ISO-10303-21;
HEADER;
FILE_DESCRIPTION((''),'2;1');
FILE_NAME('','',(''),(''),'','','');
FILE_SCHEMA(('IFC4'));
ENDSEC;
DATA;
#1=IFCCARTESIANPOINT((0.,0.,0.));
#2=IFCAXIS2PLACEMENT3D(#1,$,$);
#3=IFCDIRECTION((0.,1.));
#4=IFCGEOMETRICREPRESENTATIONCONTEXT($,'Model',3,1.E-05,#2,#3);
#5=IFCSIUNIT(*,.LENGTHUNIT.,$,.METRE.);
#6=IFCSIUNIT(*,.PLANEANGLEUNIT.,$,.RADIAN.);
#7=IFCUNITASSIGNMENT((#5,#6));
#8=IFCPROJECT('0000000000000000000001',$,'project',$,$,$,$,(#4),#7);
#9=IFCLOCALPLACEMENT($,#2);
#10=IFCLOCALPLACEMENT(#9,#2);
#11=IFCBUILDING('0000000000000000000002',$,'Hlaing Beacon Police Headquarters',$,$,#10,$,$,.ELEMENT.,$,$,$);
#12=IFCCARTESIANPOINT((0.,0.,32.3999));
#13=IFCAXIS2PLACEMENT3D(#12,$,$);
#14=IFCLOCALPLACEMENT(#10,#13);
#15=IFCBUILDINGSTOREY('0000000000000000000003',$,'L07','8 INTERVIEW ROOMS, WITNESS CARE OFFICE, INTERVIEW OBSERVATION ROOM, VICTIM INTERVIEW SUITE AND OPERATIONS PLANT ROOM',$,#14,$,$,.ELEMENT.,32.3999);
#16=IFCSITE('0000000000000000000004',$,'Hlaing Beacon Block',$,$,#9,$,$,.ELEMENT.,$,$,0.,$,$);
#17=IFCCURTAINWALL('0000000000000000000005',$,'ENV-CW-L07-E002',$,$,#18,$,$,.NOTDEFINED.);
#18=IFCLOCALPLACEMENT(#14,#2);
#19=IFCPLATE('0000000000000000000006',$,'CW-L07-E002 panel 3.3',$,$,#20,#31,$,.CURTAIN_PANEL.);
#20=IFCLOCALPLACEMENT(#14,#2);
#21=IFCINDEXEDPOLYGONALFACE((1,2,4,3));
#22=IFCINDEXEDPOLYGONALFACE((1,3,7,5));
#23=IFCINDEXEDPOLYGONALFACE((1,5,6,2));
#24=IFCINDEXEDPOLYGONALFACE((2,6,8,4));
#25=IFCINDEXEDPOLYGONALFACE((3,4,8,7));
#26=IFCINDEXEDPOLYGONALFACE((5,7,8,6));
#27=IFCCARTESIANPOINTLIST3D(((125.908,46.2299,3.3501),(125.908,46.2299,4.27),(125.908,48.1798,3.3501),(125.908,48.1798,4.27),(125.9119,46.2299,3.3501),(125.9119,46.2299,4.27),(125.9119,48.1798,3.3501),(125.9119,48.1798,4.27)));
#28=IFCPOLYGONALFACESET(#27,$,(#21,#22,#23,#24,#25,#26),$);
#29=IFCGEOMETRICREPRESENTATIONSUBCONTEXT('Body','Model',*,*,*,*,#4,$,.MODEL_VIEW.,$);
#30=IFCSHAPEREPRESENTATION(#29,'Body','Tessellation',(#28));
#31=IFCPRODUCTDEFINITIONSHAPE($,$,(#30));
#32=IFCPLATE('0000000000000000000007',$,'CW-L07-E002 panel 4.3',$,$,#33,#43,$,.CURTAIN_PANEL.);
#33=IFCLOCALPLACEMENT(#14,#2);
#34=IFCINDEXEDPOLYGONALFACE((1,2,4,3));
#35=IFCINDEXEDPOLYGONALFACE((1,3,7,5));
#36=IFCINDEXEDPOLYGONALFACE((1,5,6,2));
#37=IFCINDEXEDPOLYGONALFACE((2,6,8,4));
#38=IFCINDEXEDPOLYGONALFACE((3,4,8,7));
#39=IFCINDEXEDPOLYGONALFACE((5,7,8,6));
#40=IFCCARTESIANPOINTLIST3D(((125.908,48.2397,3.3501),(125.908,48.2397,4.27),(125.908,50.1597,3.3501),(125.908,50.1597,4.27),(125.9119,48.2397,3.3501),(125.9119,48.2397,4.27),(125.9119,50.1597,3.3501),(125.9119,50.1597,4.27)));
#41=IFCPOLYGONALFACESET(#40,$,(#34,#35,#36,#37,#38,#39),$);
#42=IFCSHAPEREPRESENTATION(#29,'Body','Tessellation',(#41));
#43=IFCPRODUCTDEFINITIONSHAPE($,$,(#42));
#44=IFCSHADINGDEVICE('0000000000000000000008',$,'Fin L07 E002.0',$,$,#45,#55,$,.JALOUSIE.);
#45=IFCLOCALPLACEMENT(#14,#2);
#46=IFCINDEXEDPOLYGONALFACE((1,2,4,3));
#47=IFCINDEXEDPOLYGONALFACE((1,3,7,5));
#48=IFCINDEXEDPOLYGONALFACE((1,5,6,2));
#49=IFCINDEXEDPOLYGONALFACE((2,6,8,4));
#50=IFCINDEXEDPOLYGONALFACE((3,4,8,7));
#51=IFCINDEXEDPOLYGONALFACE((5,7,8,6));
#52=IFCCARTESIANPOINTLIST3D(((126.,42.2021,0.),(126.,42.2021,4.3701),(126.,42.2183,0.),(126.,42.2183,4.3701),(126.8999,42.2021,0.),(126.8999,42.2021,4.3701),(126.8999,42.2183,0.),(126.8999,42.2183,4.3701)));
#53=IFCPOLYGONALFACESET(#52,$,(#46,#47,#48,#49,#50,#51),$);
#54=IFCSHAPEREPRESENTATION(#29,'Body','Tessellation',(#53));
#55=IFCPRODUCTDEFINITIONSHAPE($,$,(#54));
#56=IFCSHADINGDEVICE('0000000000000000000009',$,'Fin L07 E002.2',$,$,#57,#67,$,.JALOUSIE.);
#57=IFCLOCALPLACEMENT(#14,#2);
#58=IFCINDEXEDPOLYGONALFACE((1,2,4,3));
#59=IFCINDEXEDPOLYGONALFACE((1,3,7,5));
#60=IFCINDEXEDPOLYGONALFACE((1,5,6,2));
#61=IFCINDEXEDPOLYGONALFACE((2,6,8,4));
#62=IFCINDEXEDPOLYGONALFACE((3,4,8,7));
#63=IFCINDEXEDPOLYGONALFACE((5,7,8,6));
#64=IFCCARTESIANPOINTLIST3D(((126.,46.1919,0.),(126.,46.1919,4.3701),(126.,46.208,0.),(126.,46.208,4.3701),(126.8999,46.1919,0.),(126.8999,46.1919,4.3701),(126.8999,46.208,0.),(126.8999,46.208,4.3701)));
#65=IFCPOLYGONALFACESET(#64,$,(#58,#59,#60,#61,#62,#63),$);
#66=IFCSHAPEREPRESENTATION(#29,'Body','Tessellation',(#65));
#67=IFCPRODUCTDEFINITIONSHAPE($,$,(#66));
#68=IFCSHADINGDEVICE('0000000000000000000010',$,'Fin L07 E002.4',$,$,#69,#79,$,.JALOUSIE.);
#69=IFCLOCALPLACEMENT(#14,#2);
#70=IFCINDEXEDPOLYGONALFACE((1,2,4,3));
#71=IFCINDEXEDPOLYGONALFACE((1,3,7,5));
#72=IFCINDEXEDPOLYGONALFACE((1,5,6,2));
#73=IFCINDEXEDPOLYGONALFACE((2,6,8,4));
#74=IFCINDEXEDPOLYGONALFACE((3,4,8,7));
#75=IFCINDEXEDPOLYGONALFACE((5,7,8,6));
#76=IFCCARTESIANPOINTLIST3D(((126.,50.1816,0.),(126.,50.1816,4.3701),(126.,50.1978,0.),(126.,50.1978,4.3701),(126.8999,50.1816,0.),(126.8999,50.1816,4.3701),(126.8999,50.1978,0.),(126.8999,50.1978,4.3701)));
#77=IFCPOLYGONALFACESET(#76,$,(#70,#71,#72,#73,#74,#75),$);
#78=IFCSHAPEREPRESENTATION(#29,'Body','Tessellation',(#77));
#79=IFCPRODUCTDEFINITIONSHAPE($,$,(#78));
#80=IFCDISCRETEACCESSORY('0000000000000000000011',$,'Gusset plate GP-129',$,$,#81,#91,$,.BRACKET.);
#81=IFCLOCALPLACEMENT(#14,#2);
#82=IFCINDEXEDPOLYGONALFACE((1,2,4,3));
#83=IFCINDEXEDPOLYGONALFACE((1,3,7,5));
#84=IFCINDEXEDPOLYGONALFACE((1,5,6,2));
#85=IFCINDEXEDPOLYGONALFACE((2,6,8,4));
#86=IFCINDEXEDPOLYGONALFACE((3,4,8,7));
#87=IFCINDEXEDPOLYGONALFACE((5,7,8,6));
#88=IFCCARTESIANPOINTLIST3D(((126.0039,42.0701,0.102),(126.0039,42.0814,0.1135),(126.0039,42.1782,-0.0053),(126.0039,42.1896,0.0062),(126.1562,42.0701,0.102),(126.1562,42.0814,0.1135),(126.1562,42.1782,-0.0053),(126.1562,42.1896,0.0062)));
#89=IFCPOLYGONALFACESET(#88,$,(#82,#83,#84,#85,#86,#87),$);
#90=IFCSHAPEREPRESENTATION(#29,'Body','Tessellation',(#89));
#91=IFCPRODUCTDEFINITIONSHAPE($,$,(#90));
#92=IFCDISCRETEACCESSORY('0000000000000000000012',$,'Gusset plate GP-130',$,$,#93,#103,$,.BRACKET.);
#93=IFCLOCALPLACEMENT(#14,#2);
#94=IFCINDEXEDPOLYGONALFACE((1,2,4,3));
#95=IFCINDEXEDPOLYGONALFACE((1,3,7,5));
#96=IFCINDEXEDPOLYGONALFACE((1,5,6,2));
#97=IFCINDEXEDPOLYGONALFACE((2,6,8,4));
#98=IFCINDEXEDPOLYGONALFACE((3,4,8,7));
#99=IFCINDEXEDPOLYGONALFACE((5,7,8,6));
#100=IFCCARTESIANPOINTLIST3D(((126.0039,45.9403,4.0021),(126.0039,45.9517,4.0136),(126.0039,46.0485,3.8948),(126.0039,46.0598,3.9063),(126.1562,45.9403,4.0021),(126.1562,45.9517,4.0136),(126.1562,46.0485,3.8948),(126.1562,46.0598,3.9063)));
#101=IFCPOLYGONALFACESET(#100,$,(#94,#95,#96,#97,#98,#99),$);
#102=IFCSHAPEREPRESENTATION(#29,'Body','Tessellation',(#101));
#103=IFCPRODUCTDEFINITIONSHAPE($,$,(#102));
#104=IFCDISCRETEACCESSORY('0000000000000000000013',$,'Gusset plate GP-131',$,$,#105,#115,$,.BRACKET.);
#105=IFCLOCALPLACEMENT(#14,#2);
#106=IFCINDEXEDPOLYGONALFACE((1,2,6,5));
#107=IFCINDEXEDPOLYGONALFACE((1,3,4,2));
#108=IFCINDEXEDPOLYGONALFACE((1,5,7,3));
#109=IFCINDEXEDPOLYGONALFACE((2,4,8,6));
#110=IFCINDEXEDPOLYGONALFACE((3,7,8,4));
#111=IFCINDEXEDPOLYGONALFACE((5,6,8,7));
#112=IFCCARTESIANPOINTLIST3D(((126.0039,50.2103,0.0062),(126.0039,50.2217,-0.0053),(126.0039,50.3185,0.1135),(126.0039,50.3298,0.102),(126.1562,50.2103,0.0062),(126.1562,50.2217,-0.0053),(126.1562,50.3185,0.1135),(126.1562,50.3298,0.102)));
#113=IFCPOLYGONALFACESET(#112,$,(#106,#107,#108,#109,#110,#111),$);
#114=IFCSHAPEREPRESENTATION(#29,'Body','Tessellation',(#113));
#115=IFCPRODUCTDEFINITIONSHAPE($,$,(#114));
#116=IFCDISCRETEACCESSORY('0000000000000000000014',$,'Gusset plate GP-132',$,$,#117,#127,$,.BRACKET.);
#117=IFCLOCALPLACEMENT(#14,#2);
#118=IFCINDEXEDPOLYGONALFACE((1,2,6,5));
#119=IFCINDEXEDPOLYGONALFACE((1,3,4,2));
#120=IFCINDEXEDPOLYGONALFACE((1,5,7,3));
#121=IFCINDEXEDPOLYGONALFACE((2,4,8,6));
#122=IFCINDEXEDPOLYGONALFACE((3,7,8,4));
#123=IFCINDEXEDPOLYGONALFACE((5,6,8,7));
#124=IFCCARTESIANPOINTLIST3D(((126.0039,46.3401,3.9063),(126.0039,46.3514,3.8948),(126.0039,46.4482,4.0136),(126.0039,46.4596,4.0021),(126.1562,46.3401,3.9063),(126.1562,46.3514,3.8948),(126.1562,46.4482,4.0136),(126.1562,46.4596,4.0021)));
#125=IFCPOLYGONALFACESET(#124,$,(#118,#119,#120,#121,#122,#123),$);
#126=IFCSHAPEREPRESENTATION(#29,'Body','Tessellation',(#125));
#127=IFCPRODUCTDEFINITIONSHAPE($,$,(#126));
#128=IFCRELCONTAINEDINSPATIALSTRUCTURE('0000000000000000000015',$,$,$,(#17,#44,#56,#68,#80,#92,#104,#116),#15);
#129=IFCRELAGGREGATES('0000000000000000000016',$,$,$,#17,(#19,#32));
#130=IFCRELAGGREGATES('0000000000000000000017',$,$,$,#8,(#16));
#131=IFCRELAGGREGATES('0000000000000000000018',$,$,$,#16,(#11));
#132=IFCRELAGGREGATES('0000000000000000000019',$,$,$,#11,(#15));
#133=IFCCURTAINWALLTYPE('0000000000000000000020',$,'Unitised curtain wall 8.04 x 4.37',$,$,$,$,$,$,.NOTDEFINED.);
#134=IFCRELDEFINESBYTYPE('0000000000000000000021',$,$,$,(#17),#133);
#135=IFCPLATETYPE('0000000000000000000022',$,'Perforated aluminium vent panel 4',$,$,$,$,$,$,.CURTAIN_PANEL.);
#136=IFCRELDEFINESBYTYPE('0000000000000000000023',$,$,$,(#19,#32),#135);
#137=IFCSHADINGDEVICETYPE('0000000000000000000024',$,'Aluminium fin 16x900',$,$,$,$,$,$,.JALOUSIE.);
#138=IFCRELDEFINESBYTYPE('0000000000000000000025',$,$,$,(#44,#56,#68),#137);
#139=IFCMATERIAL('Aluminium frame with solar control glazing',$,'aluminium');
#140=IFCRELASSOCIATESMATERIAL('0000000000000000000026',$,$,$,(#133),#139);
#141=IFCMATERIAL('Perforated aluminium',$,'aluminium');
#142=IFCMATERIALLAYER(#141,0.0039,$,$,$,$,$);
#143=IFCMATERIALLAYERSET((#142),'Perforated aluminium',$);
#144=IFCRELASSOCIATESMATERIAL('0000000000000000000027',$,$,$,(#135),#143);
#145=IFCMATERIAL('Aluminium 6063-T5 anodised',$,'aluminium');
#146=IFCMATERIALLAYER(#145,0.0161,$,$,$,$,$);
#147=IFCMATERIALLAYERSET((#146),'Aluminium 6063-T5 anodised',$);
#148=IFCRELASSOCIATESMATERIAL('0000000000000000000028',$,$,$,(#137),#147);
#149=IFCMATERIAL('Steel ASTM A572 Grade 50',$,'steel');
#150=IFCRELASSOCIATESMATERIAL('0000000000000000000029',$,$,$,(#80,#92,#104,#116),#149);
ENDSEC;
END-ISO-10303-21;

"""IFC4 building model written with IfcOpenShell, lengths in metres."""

from ifc_helpers import new_model, si_unit, direction, frame, origin, origin_2d, place, context, subcontext, project, spatial, rectangle, extrude, material, layer, layer_set, type_object, element, aggregate, save


model = new_model("IFC4")

# Units and contexts
model_context = context("Model", 3, precision=1e-05, world=origin(), true_north=direction((0.0, 1.0)))
body_context = subcontext(model_context, "Body", "Model", "MODEL_VIEW")
ifc_project = project(units=[si_unit("LENGTHUNIT", "METRE"), si_unit("PLANEANGLEUNIT", "RADIAN")], contexts=[model_context])

# Site, building, storey
site_placement = place(None, origin())
site = spatial("IfcSite", under=ifc_project, at=site_placement, Name="Hlaing Beacon Block", CompositionType="ELEMENT", RefElevation=0.0)
building_placement = place(site_placement, origin())
building = spatial("IfcBuilding", under=site, at=building_placement, Name="Hlaing Beacon Police Headquarters", CompositionType="ELEMENT")
storey_placement = place(building_placement, frame((0.0, 0.0, 32.3999)))
storey = spatial("IfcBuildingStorey", under=building, at=storey_placement, Name="L07", Description="8 INTERVIEW ROOMS, WITNESS CARE OFFICE, INTERVIEW OBSERVATION ROOM, VICTIM INTERVIEW SUITE AND OPERATIONS PLANT ROOM", CompositionType="ELEMENT", Elevation=32.3999)

# Curtain wall, plates
ifc_material_1 = material(Name="Aluminium frame with solar control glazing", Category="aluminium")
curtain_wall_type = type_object("IfcCurtainWallType", Name="Unitised curtain wall 8.04 x 4.37", PredefinedType="NOTDEFINED", material=ifc_material_1)
curtain_wall_placement = place(storey_placement, origin())
curtain_wall = element("IfcCurtainWall", 1, at=curtain_wall_placement, inside=storey, type_object=curtain_wall_type, Name="ENV-CW-L07-E002", PredefinedType="NOTDEFINED")
ifc_material_2 = material(Name="Perforated aluminium", Category="aluminium")
ifc_layer_1 = layer(ifc_material_2, 0.0039)
ifc_layer_set_1 = layer_set([ifc_layer_1], Name="Perforated aluminium")
plate_type_1 = type_object("IfcPlateType", Name="Perforated aluminium vent panel 4", PredefinedType="CURTAIN_PANEL", material=ifc_layer_set_1)
plate_1_placement = place(storey_placement, frame((125.9099, 47.2048, 3.3501), z_axis=(0.0, 0.0, 1.0), x_axis=(0.0, 1.0, 0.0)))
plate_1 = element("IfcPlate", 2, at=plate_1_placement, type_object=plate_type_1, Name="CW-L07-E002 panel 3.3", PredefinedType="CURTAIN_PANEL", context=body_context, shape_type="SweptSolid", body=[
    extrude(rectangle(XDim=1.95, YDim=0.0039, at=origin_2d()), origin(), (0.0, 0.0, 1.0), 0.9199),
])
plate_2_placement = place(storey_placement, frame((125.9099, 49.1997, 3.3501), z_axis=(0.0, 0.0, 1.0), x_axis=(0.0, 1.0, 0.0)))
plate_2 = element("IfcPlate", 3, at=plate_2_placement, type_object=plate_type_1, Name="CW-L07-E002 panel 4.3", PredefinedType="CURTAIN_PANEL", context=body_context, shape_type="SweptSolid", body=[
    extrude(rectangle(XDim=1.9199, YDim=0.0039, at=origin_2d()), origin(), (0.0, 0.0, 1.0), 0.9199),
])
aggregate(curtain_wall, [plate_1, plate_2])

# Shading devices
ifc_material_3 = material(Name="Aluminium 6063-T5 anodised", Category="aluminium")
ifc_layer_2 = layer(ifc_material_3, 0.0161)
ifc_layer_set_2 = layer_set([ifc_layer_2], Name="Aluminium 6063-T5 anodised")
shading_device_type = type_object("IfcShadingDeviceType", Name="Aluminium fin 16x900", PredefinedType="JALOUSIE", material=ifc_layer_set_2)
for number, where, z_axis, x_axis, name in (
    (4, (126.45, 42.2102, 0.0), (0.0, 0.0, 1.0), (0.0, 1.0, 0.0), "Fin L07 E002.0"),
    (5, (126.45, 46.2, 0.0), (0.0, 0.0, 1.0), (0.0, 1.0, 0.0), "Fin L07 E002.2"),
    (6, (126.45, 50.1897, 0.0), (0.0, 0.0, 1.0), (0.0, 1.0, 0.0), "Fin L07 E002.4"),
):
    element("IfcShadingDevice", number, at=place(storey_placement, frame(where, z_axis=z_axis, x_axis=x_axis)), inside=storey, type_object=shading_device_type, Name=name, PredefinedType="JALOUSIE", context=body_context, shape_type="SweptSolid", body=[
        extrude(rectangle(XDim=0.0161, YDim=0.8999, at=origin_2d()), origin(), (0.0, 0.0, 1.0), 4.3701),
    ])

# Discrete accessories
ifc_material_4 = material(Name="Steel ASTM A572 Grade 50", Category="steel")
for number, where, z_axis, x_axis, name in (
    (7, (126.0801, 42.1355, 0.0598), (0.0, -0.704391, -0.709812), (1.0, 0.0, 0.0), "Gusset plate GP-129"),
    (8, (126.0801, 45.9944, 3.9485), (0.0, 0.704391, 0.709812), (-1.0, 0.0, 0.0), "Gusset plate GP-130"),
    (9, (126.0801, 50.2644, 0.0598), (0.0, 0.704391, -0.709812), (-1.0, 0.0, 0.0), "Gusset plate GP-131"),
    (10, (126.0801, 46.4055, 3.9485), (0.0, -0.704391, 0.709812), (1.0, 0.0, 0.0), "Gusset plate GP-132"),
):
    element("IfcDiscreteAccessory", number, at=place(storey_placement, frame(where, z_axis=z_axis, x_axis=x_axis)), inside=storey, material=ifc_material_4, Name=name, PredefinedType="BRACKET", context=body_context, shape_type="SweptSolid", body=[
        extrude(rectangle(XDim=0.1523, YDim=0.1523, at=origin_2d()), origin(), (0.0, 0.0, 1.0), 0.0161),
    ])

save(model, "model.ifc")
